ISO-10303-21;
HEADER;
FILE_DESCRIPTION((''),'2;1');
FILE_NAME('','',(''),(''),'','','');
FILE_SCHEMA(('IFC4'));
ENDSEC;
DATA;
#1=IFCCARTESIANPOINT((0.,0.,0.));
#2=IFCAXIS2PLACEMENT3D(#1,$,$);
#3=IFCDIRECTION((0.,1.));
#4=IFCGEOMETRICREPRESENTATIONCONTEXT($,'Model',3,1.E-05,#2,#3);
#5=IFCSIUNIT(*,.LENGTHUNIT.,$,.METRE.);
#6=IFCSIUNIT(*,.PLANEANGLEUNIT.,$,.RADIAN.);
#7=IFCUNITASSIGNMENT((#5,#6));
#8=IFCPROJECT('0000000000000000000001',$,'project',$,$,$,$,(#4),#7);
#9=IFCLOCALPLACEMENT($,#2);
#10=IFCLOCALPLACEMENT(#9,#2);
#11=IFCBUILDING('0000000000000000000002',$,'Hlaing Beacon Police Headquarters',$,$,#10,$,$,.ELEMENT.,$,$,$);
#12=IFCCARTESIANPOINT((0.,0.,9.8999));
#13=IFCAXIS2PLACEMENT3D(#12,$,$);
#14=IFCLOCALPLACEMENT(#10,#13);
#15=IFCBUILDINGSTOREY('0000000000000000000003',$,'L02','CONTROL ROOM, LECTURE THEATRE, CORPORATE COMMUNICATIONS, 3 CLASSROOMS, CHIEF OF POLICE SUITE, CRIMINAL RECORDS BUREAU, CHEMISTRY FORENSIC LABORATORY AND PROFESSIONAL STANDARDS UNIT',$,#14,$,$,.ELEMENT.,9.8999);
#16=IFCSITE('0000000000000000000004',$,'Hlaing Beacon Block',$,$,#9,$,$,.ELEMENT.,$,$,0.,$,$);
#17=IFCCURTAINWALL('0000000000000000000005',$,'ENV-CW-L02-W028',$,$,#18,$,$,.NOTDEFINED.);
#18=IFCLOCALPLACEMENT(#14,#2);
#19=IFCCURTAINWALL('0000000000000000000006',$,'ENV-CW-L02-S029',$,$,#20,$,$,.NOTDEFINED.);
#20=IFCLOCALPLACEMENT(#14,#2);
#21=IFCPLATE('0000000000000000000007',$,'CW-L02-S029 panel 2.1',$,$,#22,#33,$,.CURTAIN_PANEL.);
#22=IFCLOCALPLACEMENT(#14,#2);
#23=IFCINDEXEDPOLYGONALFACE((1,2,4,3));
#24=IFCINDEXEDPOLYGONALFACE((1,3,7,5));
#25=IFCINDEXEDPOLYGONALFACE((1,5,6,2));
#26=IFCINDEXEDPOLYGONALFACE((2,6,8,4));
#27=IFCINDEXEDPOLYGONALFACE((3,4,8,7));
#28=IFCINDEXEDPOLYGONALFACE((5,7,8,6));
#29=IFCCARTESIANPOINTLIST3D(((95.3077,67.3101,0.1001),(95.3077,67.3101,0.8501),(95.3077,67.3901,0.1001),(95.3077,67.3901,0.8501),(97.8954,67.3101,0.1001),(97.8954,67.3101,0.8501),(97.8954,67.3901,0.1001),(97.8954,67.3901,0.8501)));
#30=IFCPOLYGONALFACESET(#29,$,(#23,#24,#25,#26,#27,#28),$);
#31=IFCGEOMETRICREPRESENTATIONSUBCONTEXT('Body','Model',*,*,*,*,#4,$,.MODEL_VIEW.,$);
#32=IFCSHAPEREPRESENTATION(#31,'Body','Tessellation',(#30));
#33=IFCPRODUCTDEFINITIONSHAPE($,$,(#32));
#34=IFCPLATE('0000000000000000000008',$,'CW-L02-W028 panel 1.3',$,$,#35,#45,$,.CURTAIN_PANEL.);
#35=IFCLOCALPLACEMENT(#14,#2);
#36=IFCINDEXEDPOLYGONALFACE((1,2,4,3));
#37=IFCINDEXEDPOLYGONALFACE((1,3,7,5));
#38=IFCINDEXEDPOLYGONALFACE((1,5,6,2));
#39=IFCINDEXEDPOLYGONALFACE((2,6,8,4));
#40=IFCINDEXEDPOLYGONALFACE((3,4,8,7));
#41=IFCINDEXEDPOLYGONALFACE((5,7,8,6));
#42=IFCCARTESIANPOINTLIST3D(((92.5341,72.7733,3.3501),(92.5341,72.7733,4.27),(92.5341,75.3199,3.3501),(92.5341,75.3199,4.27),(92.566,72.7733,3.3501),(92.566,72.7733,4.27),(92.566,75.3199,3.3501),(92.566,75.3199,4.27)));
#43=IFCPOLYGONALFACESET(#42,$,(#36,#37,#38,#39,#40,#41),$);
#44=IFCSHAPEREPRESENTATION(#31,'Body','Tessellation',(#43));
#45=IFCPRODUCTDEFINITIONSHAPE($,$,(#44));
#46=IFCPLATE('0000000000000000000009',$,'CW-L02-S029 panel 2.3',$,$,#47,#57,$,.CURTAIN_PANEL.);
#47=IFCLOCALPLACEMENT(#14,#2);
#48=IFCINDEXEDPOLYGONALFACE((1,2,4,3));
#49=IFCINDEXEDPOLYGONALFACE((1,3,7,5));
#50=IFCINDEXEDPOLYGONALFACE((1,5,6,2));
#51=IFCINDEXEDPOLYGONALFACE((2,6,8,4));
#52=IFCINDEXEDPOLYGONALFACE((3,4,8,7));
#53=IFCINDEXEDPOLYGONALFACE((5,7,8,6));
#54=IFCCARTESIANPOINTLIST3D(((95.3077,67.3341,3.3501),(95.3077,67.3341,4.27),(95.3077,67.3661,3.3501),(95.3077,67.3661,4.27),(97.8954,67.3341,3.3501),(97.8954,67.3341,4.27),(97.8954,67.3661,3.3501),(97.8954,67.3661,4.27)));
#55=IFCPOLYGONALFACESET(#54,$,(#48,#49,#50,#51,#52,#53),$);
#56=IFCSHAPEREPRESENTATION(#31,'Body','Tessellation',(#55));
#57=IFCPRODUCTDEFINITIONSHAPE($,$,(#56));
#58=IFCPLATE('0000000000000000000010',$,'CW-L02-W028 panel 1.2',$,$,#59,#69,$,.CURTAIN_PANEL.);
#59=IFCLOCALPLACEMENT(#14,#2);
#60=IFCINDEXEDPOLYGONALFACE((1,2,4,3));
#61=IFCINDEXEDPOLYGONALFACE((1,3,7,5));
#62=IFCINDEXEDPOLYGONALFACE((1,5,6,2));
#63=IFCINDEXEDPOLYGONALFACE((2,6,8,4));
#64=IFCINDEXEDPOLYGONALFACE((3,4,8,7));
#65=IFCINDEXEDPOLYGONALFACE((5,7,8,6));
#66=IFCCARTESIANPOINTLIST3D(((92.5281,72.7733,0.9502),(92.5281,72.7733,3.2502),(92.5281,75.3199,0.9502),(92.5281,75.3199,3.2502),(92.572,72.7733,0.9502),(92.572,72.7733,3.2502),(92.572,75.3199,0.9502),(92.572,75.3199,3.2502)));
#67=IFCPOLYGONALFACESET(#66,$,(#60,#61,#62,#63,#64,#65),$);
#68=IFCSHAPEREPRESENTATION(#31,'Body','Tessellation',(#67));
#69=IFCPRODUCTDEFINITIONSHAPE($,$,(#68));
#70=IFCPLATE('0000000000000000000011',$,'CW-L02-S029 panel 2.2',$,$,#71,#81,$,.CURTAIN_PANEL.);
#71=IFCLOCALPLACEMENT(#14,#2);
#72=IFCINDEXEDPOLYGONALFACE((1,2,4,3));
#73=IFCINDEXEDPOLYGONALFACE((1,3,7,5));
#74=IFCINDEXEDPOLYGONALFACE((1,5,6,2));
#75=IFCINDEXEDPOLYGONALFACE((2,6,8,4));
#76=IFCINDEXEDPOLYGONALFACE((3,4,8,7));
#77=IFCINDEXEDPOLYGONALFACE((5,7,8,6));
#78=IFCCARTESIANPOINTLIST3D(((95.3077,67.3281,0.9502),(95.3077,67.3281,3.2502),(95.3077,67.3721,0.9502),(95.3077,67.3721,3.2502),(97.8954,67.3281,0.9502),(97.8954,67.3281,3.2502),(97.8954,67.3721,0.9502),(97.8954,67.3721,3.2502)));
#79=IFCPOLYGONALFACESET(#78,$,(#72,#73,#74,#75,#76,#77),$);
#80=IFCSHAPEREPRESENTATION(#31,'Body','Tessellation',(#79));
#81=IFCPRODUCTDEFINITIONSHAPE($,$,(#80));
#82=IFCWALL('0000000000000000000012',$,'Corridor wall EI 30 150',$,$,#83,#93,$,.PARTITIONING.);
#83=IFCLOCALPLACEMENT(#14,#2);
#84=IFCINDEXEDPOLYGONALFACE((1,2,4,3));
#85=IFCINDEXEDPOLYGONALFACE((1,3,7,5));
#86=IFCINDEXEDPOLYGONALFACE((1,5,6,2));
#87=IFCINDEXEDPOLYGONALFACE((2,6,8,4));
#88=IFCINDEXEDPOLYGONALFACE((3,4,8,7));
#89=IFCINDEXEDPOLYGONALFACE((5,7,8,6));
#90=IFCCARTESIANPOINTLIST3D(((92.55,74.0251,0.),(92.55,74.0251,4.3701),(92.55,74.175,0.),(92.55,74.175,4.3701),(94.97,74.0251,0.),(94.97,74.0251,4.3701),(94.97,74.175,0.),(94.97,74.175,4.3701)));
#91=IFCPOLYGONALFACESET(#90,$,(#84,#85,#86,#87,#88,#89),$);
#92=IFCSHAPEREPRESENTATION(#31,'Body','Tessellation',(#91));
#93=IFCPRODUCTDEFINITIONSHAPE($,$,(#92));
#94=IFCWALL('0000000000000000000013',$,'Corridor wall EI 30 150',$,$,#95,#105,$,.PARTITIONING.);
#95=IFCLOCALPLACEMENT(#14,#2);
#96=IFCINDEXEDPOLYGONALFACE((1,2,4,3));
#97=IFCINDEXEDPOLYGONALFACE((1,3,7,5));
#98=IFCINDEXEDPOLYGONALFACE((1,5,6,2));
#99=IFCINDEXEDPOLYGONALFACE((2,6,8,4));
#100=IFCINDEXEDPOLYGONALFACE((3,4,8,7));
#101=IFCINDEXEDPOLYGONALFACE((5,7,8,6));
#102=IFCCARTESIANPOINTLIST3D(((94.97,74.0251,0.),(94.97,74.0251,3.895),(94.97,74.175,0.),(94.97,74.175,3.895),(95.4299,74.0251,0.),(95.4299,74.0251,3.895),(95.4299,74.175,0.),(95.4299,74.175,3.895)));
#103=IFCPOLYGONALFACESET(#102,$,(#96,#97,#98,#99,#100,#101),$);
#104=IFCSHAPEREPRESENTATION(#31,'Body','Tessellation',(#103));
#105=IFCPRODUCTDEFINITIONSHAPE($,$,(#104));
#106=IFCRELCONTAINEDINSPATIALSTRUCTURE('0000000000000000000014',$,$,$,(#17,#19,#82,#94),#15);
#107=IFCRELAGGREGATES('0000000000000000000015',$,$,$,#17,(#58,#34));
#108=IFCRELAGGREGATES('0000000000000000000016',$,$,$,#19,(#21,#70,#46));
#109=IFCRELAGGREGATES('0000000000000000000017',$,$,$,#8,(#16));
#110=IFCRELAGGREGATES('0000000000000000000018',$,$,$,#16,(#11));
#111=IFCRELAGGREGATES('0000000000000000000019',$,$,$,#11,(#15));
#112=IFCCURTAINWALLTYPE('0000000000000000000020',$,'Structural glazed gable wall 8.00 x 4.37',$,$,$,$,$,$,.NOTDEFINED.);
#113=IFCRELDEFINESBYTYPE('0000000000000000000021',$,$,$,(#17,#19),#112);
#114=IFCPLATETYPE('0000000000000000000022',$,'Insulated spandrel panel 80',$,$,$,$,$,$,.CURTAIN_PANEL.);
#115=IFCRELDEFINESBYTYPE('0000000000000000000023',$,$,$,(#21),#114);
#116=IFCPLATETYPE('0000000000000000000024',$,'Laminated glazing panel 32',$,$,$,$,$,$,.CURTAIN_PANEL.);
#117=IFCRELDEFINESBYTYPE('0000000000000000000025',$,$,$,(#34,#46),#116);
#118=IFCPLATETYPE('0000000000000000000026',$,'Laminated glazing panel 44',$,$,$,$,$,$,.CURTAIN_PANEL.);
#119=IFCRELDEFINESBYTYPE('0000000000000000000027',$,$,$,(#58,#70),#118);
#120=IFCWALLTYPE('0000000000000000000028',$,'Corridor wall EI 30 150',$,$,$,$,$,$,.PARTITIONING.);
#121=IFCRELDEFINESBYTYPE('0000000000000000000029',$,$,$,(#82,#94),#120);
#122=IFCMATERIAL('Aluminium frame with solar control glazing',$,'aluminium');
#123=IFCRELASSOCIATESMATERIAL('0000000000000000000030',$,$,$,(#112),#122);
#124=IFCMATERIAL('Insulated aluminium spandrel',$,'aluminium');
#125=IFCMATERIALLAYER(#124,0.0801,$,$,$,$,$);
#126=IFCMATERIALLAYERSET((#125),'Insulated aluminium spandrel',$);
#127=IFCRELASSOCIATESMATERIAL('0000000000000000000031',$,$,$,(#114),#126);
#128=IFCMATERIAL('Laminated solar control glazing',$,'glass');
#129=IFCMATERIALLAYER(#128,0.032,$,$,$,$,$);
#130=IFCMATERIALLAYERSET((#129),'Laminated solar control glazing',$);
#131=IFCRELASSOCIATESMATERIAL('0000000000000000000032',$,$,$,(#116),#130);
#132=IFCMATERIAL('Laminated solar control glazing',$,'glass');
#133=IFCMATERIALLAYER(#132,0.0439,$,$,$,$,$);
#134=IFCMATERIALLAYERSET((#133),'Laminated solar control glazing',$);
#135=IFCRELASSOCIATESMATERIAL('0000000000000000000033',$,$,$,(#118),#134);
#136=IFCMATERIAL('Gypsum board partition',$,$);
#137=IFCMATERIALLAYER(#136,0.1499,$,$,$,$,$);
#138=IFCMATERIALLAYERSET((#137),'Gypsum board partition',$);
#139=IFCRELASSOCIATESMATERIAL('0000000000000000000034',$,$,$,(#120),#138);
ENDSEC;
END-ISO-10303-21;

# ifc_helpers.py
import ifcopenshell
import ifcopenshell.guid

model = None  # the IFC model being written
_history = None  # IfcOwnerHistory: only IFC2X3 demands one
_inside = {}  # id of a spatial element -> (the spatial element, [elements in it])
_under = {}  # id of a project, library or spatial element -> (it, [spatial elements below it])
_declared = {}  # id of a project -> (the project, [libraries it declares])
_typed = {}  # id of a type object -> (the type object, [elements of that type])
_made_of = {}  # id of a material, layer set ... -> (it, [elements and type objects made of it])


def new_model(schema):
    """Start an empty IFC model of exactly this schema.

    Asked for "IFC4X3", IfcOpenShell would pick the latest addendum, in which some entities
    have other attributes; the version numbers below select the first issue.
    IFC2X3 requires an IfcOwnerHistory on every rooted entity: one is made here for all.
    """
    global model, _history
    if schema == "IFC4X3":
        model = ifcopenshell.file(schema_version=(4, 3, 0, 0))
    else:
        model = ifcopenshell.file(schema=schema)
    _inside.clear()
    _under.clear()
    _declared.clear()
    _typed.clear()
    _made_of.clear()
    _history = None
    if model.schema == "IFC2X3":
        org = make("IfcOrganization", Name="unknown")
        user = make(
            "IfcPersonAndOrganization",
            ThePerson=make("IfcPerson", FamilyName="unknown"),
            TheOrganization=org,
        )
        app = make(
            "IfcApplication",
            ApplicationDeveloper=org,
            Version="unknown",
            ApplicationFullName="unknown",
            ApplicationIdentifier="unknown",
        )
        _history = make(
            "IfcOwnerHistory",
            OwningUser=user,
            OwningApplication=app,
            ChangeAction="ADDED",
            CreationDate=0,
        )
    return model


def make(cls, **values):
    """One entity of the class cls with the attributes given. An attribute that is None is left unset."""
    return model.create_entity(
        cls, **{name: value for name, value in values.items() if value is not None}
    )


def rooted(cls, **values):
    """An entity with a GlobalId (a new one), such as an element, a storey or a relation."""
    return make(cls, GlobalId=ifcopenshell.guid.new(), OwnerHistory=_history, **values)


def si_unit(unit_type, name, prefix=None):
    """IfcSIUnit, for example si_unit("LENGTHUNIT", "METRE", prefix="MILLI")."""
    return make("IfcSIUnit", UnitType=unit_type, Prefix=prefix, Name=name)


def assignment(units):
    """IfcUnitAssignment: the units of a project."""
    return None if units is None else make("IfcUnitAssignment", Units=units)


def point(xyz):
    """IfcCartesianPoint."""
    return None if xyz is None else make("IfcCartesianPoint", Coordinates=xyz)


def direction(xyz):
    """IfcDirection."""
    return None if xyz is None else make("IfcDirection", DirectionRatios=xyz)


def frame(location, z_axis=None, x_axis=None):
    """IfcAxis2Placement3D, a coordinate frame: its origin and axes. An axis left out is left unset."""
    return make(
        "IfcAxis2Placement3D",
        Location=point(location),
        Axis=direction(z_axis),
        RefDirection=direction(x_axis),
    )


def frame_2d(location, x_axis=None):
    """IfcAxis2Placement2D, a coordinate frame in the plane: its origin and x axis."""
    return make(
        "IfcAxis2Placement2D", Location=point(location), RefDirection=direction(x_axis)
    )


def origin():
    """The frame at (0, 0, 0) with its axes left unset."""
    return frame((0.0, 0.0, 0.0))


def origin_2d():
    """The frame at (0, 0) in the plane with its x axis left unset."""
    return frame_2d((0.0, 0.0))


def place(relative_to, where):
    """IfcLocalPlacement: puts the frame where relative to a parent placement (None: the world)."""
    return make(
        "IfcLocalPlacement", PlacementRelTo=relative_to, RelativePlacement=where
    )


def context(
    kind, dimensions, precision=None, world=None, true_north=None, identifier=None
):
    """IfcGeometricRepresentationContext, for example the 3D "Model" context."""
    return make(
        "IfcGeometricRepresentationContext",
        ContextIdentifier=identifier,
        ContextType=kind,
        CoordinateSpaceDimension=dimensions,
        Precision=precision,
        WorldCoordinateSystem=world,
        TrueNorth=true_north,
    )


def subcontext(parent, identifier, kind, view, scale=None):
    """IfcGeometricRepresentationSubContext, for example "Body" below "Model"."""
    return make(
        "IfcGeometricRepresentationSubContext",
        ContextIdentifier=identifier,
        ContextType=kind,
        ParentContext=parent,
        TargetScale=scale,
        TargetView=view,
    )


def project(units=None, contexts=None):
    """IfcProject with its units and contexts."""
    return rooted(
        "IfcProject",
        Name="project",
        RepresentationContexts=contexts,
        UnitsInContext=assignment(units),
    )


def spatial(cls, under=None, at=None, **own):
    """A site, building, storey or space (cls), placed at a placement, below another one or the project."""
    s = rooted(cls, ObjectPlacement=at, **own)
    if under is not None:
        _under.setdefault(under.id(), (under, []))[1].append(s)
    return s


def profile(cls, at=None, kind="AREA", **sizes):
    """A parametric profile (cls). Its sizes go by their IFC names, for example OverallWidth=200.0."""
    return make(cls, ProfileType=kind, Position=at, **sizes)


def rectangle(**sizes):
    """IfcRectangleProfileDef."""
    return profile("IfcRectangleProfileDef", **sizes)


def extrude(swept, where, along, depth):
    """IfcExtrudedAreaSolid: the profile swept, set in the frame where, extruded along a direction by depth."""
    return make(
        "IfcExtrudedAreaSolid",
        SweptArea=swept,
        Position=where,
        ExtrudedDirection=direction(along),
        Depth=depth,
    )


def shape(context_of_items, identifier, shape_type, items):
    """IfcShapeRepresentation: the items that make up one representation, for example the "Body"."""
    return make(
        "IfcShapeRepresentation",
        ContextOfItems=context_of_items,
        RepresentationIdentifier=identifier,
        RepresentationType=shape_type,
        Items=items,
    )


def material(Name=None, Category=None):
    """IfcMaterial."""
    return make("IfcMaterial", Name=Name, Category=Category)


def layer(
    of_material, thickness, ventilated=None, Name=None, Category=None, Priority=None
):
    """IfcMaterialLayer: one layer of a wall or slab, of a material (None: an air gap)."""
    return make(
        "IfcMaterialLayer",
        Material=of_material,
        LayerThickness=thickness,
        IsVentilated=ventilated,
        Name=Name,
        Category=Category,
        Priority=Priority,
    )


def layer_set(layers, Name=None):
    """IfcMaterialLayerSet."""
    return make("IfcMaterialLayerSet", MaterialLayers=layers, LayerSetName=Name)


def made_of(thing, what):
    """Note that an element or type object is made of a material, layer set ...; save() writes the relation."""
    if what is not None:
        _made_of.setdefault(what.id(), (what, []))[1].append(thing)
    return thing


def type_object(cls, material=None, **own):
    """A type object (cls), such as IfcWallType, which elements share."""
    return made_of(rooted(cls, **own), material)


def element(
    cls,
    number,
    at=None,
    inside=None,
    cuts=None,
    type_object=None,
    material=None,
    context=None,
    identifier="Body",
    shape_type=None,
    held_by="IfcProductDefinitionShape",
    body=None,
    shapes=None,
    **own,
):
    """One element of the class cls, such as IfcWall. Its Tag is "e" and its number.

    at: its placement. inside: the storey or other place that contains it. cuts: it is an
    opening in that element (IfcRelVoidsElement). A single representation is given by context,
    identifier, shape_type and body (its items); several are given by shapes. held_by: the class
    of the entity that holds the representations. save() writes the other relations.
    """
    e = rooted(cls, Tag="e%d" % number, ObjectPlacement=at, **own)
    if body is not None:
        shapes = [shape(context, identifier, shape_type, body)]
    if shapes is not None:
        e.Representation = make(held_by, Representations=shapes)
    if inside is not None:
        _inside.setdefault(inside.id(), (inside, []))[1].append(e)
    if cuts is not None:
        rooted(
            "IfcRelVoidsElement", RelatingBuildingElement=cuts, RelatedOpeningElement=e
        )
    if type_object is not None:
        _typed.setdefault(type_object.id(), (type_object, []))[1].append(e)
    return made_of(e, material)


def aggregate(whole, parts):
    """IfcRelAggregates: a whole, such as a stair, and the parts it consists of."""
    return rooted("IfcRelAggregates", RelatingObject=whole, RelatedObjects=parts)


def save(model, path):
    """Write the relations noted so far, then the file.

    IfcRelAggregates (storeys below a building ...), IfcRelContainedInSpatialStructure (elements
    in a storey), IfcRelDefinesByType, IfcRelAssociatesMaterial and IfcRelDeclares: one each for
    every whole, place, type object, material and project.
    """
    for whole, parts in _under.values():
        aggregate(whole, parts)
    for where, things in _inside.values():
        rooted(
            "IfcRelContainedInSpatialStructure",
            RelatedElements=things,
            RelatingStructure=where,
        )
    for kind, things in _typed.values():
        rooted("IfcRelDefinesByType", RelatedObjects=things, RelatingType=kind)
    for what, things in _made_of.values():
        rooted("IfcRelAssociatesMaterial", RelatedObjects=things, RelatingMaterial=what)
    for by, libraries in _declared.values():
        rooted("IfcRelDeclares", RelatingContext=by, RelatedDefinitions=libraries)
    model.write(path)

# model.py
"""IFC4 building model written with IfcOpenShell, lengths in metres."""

from ifc_helpers import new_model, si_unit, direction, frame, frame_2d, origin, origin_2d, place, context, subcontext, project, spatial, rectangle, extrude, material, layer, layer_set, type_object, element, aggregate, save


model = new_model("IFC4")

# Units and contexts
model_context = context("Model", 3, precision=1e-05, world=origin(), true_north=direction((0.0, 1.0)))
body_context = subcontext(model_context, "Body", "Model", "MODEL_VIEW")
ifc_project = project(units=[si_unit("LENGTHUNIT", "METRE"), si_unit("PLANEANGLEUNIT", "RADIAN")], contexts=[model_context])

# Site, building, storey
site_placement = place(None, origin())
site = spatial("IfcSite", under=ifc_project, at=site_placement, Name="Hlaing Beacon Block", CompositionType="ELEMENT", RefElevation=0.0)
building_placement = place(site_placement, origin())
building = spatial("IfcBuilding", under=site, at=building_placement, Name="Hlaing Beacon Police Headquarters", CompositionType="ELEMENT")
storey_placement = place(building_placement, frame((0.0, 0.0, 9.8999)))
storey = spatial("IfcBuildingStorey", under=building, at=storey_placement, Name="L02", Description="CONTROL ROOM, LECTURE THEATRE, CORPORATE COMMUNICATIONS, 3 CLASSROOMS, CHIEF OF POLICE SUITE, CRIMINAL RECORDS BUREAU, CHEMISTRY FORENSIC LABORATORY AND PROFESSIONAL STANDARDS UNIT", CompositionType="ELEMENT", Elevation=9.8999)

# Curtain wall
ifc_material_1 = material(Name="Aluminium frame with solar control glazing", Category="aluminium")
curtain_wall_type = type_object("IfcCurtainWallType", Name="Structural glazed gable wall 8.00 x 4.37", PredefinedType="NOTDEFINED", material=ifc_material_1)
curtain_wall_1_placement = place(storey_placement, origin())
curtain_wall_1 = element("IfcCurtainWall", 1, at=curtain_wall_1_placement, inside=storey, type_object=curtain_wall_type, Name="ENV-CW-L02-W028", PredefinedType="NOTDEFINED")

# Curtain wall
curtain_wall_2_placement = place(storey_placement, origin())
curtain_wall_2 = element("IfcCurtainWall", 2, at=curtain_wall_2_placement, inside=storey, type_object=curtain_wall_type, Name="ENV-CW-L02-S029", PredefinedType="NOTDEFINED")

# Plates
ifc_material_2 = material(Name="Insulated aluminium spandrel", Category="aluminium")
ifc_layer_1 = layer(ifc_material_2, 0.0801)
ifc_layer_set_1 = layer_set([ifc_layer_1], Name="Insulated aluminium spandrel")
plate_type_1 = type_object("IfcPlateType", Name="Insulated spandrel panel 80", PredefinedType="CURTAIN_PANEL", material=ifc_layer_set_1)
plate_1_placement = place(storey_placement, frame((96.6016, 67.3501, 0.1001), z_axis=(0.0, 0.0, 1.0), x_axis=(1.0, 0.0, 0.0)))
plate_1 = element("IfcPlate", 3, at=plate_1_placement, type_object=plate_type_1, Name="CW-L02-S029 panel 2.1", PredefinedType="CURTAIN_PANEL", context=body_context, shape_type="SweptSolid", body=[
    extrude(rectangle(XDim=2.5876, YDim=0.0801, at=origin_2d()), origin(), (0.0, 0.0, 1.0), 0.75),
])
ifc_material_3 = material(Name="Laminated solar control glazing", Category="glass")
ifc_layer_2 = layer(ifc_material_3, 0.032)
ifc_layer_set_2 = layer_set([ifc_layer_2], Name="Laminated solar control glazing")
plate_type_2 = type_object("IfcPlateType", Name="Laminated glazing panel 32", PredefinedType="CURTAIN_PANEL", material=ifc_layer_set_2)
plate_2_placement = place(storey_placement, frame((92.55, 74.0466, 3.3501), z_axis=(0.0, 0.0, 1.0), x_axis=(0.0, -1.0, 0.0)))
plate_2 = element("IfcPlate", 4, at=plate_2_placement, type_object=plate_type_2, Name="CW-L02-W028 panel 1.3", PredefinedType="CURTAIN_PANEL", context=body_context, shape_type="SweptSolid", body=[
    extrude(rectangle(XDim=2.5466, YDim=0.032, at=origin_2d()), origin(), (0.0, 0.0, 1.0), 0.9199),
])
plate_3_placement = place(storey_placement, frame((96.6016, 67.3501, 3.3501), z_axis=(0.0, 0.0, 1.0), x_axis=(1.0, 0.0, 0.0)))
plate_3 = element("IfcPlate", 5, at=plate_3_placement, type_object=plate_type_2, Name="CW-L02-S029 panel 2.3", PredefinedType="CURTAIN_PANEL", context=body_context, shape_type="SweptSolid", body=[
    extrude(rectangle(XDim=2.5876, YDim=0.032, at=origin_2d()), origin(), (0.0, 0.0, 1.0), 0.9199),
])
ifc_material_4 = material(Name="Laminated solar control glazing", Category="glass")
ifc_layer_3 = layer(ifc_material_4, 0.0439)
ifc_layer_set_3 = layer_set([ifc_layer_3], Name="Laminated solar control glazing")
plate_type_3 = type_object("IfcPlateType", Name="Laminated glazing panel 44", PredefinedType="CURTAIN_PANEL", material=ifc_layer_set_3)
plate_4_placement = place(storey_placement, frame((92.55, 74.0466, 0.9502), z_axis=(0.0, 0.0, 1.0), x_axis=(0.0, -1.0, 0.0)))
plate_4 = element("IfcPlate", 6, at=plate_4_placement, type_object=plate_type_3, Name="CW-L02-W028 panel 1.2", PredefinedType="CURTAIN_PANEL", context=body_context, shape_type="SweptSolid", body=[
    extrude(rectangle(XDim=2.5466, YDim=0.0439, at=origin_2d()), origin(), (0.0, 0.0, 1.0), 2.3),
])
aggregate(curtain_wall_1, [plate_4, plate_2])
plate_5_placement = place(storey_placement, frame((96.6016, 67.3501, 0.9502), z_axis=(0.0, 0.0, 1.0), x_axis=(1.0, 0.0, 0.0)))
plate_5 = element("IfcPlate", 7, at=plate_5_placement, type_object=plate_type_3, Name="CW-L02-S029 panel 2.2", PredefinedType="CURTAIN_PANEL", context=body_context, shape_type="SweptSolid", body=[
    extrude(rectangle(XDim=2.5876, YDim=0.0439, at=origin_2d()), origin(), (0.0, 0.0, 1.0), 2.3),
])
aggregate(curtain_wall_2, [plate_1, plate_5, plate_3])

# Walls
ifc_material_5 = material(Name="Gypsum board partition")
ifc_layer_4 = layer(ifc_material_5, 0.1499)
ifc_layer_set_4 = layer_set([ifc_layer_4], Name="Gypsum board partition")
wall_type = type_object("IfcWallType", Name="Corridor wall EI 30 150", PredefinedType="PARTITIONING", material=ifc_layer_set_4)
wall_1_placement = place(storey_placement, frame((92.55, 74.1001, 0.0), z_axis=(0.0, 0.0, 1.0), x_axis=(1.0, 0.0, 0.0)))
element("IfcWall", 8, at=wall_1_placement, inside=storey, type_object=wall_type, Name="Corridor wall EI 30 150", PredefinedType="PARTITIONING", context=body_context, shape_type="SweptSolid", body=[
    extrude(rectangle(XDim=2.4199, YDim=0.1499, at=frame_2d((1.21, 0.0))), origin(), (0.0, 0.0, 1.0), 4.3701),
])
wall_2_placement = place(storey_placement, frame((94.97, 74.1001, 0.0), z_axis=(0.0, 0.0, 1.0), x_axis=(1.0, 0.0, 0.0)))
element("IfcWall", 9, at=wall_2_placement, inside=storey, type_object=wall_type, Name="Corridor wall EI 30 150", PredefinedType="PARTITIONING", context=body_context, shape_type="SweptSolid", body=[
    extrude(rectangle(XDim=0.46, YDim=0.1499, at=frame_2d((0.23, 0.0))), origin(), (0.0, 0.0, 1.0), 3.895),
])

save(model, "model.ifc")
